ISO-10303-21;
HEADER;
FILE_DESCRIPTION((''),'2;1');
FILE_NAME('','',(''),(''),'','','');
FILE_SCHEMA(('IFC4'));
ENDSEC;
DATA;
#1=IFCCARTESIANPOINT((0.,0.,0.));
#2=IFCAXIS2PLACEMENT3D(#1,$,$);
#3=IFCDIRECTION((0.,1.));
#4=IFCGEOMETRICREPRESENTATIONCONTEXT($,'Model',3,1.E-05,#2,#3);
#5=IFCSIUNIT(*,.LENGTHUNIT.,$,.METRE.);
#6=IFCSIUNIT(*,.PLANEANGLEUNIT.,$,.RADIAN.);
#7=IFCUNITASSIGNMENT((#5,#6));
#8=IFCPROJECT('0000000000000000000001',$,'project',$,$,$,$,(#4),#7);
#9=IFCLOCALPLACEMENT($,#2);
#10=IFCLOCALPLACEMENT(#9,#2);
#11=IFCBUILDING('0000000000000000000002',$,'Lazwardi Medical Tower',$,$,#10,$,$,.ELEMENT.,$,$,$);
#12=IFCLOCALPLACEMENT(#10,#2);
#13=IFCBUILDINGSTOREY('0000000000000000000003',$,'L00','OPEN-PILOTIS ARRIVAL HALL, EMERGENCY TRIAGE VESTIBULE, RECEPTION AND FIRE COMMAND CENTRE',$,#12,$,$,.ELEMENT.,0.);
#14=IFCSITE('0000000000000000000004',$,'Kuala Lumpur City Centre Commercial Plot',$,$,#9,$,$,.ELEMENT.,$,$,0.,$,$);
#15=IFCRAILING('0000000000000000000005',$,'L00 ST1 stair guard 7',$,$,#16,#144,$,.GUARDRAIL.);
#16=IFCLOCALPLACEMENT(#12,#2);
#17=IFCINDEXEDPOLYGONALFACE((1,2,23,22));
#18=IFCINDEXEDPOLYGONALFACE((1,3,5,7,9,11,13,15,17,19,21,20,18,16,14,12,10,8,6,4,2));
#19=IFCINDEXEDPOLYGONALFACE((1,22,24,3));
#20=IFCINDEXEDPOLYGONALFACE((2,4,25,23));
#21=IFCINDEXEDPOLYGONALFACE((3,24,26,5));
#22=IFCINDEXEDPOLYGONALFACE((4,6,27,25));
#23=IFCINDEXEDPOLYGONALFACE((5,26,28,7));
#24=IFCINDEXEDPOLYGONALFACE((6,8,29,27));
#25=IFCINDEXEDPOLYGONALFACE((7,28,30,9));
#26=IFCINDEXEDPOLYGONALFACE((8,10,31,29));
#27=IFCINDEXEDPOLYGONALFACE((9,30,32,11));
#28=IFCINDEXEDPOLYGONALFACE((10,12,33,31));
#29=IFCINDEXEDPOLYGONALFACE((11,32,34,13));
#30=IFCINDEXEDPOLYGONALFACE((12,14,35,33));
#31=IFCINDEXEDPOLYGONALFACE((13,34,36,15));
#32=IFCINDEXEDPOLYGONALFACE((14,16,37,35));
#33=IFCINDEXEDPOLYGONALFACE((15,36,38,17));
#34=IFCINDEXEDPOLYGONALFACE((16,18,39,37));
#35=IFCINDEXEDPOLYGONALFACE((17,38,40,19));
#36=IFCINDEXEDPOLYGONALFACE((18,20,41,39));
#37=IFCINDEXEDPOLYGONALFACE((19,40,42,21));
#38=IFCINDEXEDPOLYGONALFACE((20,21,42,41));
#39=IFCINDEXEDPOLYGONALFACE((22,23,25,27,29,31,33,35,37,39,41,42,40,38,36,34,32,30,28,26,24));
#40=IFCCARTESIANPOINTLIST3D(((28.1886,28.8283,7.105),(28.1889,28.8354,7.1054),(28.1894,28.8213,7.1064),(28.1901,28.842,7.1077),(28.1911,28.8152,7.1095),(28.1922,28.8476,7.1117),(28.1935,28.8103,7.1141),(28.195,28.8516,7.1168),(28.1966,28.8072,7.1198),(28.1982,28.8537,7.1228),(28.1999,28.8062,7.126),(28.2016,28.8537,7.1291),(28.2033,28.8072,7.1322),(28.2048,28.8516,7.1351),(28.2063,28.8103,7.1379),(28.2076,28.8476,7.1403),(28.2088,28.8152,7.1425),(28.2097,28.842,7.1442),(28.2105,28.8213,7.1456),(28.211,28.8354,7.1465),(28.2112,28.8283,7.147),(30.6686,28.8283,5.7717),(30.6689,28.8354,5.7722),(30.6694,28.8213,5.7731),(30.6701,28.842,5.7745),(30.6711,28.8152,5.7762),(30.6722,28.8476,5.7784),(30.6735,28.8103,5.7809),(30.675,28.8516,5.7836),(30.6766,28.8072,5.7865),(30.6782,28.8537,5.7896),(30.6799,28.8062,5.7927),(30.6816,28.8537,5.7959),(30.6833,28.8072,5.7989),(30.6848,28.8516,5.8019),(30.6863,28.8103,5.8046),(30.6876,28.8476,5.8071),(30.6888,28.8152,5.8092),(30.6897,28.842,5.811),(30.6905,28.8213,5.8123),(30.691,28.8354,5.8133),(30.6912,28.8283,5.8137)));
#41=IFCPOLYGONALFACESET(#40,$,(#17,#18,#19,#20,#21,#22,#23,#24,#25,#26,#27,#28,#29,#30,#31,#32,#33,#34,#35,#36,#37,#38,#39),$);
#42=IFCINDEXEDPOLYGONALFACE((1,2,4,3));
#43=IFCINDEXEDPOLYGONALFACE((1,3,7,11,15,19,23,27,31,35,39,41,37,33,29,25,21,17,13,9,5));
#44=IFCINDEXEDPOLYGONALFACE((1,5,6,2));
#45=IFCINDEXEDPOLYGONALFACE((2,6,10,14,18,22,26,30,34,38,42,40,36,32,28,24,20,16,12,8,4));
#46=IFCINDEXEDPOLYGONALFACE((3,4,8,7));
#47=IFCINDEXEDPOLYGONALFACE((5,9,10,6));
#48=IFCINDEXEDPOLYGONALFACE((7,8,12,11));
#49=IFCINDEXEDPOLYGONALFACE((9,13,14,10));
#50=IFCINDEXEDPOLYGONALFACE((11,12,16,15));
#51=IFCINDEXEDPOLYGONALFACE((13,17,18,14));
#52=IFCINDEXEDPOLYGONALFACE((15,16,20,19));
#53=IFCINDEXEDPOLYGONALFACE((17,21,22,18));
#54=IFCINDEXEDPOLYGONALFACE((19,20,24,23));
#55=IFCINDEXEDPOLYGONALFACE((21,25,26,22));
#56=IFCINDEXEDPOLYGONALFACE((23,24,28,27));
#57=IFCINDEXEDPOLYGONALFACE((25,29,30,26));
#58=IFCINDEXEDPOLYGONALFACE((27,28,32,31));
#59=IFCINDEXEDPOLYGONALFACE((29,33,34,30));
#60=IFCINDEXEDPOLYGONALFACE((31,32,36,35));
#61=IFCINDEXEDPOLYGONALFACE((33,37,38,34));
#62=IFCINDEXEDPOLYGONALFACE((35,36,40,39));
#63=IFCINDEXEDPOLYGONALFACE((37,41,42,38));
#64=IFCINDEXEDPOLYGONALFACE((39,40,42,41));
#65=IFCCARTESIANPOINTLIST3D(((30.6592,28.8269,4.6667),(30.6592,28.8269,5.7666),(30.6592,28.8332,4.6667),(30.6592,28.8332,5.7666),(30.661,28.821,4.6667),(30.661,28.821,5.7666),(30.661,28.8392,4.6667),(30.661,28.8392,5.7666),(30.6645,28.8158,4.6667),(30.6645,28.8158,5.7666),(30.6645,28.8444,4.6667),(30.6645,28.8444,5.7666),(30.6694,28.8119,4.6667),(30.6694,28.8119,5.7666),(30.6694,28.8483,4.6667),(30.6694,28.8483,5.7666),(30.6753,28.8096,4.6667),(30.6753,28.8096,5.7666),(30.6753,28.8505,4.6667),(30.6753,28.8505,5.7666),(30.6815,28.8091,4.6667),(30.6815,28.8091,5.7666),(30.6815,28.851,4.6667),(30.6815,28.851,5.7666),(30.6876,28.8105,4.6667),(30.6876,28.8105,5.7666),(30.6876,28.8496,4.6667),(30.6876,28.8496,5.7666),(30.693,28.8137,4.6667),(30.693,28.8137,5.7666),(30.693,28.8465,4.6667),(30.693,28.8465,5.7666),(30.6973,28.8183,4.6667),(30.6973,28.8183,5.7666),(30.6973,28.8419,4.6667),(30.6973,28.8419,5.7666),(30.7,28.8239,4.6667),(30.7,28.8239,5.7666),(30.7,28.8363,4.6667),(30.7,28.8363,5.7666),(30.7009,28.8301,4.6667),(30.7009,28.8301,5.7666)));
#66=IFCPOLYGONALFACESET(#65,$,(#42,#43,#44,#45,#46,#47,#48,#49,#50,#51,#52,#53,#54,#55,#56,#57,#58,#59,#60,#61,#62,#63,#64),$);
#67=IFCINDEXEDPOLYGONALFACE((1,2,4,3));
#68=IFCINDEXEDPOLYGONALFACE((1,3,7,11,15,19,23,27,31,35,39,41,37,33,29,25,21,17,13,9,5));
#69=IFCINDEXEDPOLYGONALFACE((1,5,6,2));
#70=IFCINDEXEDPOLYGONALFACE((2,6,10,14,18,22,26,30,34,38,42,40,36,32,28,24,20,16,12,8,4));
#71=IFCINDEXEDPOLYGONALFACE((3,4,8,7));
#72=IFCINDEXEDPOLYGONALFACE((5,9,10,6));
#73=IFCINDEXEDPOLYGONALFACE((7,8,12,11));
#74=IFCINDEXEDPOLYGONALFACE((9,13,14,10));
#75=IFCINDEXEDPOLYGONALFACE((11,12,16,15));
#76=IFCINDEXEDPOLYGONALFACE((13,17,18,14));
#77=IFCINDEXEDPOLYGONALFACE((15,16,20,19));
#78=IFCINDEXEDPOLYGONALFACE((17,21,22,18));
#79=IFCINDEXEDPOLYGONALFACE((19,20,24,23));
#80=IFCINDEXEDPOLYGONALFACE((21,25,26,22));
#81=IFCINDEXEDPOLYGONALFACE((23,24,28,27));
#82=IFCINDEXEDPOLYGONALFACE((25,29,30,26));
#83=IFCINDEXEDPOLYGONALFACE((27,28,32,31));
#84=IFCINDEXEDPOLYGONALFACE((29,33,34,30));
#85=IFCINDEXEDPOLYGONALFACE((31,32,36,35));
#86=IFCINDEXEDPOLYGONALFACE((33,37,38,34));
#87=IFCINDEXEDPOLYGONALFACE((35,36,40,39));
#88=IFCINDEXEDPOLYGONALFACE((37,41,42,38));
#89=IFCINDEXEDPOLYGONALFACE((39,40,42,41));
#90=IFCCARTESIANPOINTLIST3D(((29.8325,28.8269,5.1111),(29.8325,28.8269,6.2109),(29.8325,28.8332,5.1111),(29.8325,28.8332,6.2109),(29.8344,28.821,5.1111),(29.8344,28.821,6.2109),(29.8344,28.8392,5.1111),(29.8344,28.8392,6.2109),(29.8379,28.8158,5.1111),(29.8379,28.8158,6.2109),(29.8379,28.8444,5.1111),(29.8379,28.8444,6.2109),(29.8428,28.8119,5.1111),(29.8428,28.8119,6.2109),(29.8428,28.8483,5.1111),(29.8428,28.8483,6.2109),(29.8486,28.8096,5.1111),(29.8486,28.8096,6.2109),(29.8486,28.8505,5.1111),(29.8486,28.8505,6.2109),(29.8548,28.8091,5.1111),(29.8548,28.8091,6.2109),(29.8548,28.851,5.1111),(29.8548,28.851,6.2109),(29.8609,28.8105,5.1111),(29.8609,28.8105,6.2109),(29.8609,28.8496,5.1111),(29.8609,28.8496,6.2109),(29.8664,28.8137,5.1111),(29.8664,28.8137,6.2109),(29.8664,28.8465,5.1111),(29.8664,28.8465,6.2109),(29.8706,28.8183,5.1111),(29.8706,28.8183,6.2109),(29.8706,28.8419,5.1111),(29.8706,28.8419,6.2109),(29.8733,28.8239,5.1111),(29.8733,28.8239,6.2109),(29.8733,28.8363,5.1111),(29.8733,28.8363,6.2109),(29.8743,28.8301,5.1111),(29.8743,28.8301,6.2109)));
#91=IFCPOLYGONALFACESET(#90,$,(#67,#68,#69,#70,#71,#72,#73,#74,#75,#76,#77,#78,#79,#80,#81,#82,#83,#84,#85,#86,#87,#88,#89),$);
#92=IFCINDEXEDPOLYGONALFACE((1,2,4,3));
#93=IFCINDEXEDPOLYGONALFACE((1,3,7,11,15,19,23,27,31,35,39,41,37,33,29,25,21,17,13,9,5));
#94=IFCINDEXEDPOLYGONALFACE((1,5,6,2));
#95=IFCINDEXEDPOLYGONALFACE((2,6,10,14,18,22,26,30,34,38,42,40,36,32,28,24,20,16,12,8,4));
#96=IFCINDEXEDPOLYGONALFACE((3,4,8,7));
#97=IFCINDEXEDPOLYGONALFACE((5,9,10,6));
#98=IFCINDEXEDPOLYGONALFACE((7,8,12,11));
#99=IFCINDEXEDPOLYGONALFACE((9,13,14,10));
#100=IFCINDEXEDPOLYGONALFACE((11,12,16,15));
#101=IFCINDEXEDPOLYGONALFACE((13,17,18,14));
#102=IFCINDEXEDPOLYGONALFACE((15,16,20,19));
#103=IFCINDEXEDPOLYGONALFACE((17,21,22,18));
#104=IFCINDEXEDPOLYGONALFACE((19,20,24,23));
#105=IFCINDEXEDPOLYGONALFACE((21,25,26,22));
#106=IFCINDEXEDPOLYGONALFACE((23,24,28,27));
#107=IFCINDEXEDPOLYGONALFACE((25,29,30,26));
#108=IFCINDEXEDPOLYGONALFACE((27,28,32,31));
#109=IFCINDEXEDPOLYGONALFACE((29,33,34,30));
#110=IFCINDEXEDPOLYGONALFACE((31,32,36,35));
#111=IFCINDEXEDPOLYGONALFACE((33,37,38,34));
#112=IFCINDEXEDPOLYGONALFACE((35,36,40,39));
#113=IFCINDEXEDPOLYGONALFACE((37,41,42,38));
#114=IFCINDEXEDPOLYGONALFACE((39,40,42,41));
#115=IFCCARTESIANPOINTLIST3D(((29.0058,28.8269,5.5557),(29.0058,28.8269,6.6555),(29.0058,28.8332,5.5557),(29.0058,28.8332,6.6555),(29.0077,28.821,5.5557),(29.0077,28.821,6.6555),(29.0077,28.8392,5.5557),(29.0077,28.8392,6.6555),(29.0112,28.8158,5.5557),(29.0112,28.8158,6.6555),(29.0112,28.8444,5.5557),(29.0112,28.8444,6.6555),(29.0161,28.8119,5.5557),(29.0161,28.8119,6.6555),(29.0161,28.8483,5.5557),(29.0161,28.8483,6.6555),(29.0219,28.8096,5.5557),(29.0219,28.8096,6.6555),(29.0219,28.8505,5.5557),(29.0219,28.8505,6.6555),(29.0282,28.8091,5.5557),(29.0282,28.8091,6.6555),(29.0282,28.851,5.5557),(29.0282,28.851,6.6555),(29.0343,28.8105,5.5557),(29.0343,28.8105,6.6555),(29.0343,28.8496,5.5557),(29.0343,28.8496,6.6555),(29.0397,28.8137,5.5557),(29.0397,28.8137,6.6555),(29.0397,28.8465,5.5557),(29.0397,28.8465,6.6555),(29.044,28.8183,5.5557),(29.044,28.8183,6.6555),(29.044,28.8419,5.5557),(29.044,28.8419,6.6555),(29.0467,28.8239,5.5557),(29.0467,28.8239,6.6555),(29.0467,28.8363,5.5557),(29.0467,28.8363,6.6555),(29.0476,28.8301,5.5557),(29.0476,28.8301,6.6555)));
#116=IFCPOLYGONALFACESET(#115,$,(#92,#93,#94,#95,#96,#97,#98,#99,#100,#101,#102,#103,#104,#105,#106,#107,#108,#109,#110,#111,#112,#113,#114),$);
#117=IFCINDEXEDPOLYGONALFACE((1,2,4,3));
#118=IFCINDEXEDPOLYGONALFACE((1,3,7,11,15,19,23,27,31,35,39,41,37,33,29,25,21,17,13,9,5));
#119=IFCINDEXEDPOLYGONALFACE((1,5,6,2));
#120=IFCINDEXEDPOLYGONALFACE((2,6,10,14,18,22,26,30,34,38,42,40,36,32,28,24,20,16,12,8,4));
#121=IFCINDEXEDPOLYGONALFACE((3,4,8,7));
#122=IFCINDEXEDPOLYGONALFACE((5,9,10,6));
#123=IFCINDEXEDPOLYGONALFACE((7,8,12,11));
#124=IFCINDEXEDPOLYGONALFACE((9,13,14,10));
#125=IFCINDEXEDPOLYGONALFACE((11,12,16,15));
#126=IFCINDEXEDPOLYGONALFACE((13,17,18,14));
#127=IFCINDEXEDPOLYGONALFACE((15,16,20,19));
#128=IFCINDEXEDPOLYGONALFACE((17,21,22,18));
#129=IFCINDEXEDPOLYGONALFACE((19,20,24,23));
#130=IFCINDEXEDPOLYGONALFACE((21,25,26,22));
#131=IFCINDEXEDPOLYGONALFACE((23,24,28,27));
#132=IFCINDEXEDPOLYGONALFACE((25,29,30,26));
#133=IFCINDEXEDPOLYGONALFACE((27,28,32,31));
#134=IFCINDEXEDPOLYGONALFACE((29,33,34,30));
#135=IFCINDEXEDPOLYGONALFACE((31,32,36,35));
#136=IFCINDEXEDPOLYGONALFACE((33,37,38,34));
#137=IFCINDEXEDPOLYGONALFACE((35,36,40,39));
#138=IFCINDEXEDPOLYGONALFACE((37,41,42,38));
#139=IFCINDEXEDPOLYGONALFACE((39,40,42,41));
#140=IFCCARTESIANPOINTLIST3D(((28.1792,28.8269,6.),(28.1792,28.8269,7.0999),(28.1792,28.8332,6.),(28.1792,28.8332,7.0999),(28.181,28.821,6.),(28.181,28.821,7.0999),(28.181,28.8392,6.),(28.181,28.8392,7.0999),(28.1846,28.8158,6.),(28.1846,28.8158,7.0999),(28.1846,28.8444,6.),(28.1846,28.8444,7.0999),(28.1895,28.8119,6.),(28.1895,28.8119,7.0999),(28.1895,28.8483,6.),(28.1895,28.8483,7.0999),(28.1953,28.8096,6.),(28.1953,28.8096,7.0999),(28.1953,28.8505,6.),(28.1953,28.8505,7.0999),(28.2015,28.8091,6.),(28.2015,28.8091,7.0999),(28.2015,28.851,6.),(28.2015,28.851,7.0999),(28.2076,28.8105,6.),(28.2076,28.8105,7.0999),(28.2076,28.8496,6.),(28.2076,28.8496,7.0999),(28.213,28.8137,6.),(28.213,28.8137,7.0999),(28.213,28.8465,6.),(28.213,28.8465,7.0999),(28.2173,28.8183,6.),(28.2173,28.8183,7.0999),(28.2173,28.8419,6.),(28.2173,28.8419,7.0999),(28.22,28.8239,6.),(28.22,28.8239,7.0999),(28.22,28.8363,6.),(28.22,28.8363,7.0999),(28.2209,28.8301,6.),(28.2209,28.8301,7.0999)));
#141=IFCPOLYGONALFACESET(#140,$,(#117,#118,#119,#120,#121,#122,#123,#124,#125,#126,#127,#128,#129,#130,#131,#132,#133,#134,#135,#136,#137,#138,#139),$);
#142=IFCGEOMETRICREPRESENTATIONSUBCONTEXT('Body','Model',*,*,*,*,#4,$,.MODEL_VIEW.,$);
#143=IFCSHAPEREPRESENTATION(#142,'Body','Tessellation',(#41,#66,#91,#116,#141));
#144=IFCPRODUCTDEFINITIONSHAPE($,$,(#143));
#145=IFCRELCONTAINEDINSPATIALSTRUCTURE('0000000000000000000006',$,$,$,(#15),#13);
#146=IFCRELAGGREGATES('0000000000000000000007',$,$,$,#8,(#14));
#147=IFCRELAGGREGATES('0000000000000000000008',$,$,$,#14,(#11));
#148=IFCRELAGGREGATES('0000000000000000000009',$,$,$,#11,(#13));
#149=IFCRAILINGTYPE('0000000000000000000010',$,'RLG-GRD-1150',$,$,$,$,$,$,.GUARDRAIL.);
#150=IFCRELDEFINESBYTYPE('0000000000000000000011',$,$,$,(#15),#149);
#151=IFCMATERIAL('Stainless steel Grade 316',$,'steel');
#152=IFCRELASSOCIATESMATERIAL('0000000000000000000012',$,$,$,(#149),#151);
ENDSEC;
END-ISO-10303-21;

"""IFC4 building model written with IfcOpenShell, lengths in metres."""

from ifc_helpers import new_model, si_unit, direction, frame, origin, origin_2d, place, context, subcontext, project, spatial, circle, extrude, material, type_object, element, save


model = new_model("IFC4")

# Units and contexts
model_context = context("Model", 3, precision=1e-05, world=origin(), true_north=direction((0.0, 1.0)))
body_context = subcontext(model_context, "Body", "Model", "MODEL_VIEW")
ifc_project = project(units=[si_unit("LENGTHUNIT", "METRE"), si_unit("PLANEANGLEUNIT", "RADIAN")], contexts=[model_context])

# Site, building, storey
site_placement = place(None, origin())
site = spatial("IfcSite", under=ifc_project, at=site_placement, Name="Kuala Lumpur City Centre Commercial Plot", CompositionType="ELEMENT", RefElevation=0.0)
building_placement = place(site_placement, origin())
building = spatial("IfcBuilding", under=site, at=building_placement, Name="Lazwardi Medical Tower", CompositionType="ELEMENT")
storey_placement = place(building_placement, origin())
storey = spatial("IfcBuildingStorey", under=building, at=storey_placement, Name="L00", Description="OPEN-PILOTIS ARRIVAL HALL, EMERGENCY TRIAGE VESTIBULE, RECEPTION AND FIRE COMMAND CENTRE", CompositionType="ELEMENT", Elevation=0.0)

# Railing
ifc_material_1 = material(Name="Stainless steel Grade 316", Category="steel")
railing_type_1 = type_object("IfcRailingType", Name="RLG-GRD-1150", PredefinedType="GUARDRAIL", material=ifc_material_1)
railing_1_placement = place(storey_placement, frame((30.6799, 28.8301, 4.6667)))
element("IfcRailing", 1, at=railing_1_placement, inside=storey, type_object=railing_type_1, Name="L00 ST1 stair guard 7", PredefinedType="GUARDRAIL", context=body_context, shape_type="SweptSolid", body=[
    extrude(circle(Radius=0.0239, at=origin_2d()), frame((0.0, 0.0, 1.126), z_axis=(-0.880786, 0.0, 0.473515), x_axis=(0.0, -1.0, 0.0)), (0.0, 0.0, 1.0), 2.8157),
    extrude(circle(Radius=0.021, at=origin_2d()), origin(), (0.0, 0.0, 1.0), 1.0999),
    extrude(circle(Radius=0.021, at=origin_2d()), frame((-0.8267, 0.0, 0.4443)), (0.0, 0.0, 1.0), 1.0999),
    extrude(circle(Radius=0.021, at=origin_2d()), frame((-1.6533, 0.0, 0.8889)), (0.0, 0.0, 1.0), 1.0999),
    extrude(circle(Radius=0.021, at=origin_2d()), frame((-2.48, 0.0, 1.3333)), (0.0, 0.0, 1.0), 1.0999),
])

save(model, "model.ifc")
